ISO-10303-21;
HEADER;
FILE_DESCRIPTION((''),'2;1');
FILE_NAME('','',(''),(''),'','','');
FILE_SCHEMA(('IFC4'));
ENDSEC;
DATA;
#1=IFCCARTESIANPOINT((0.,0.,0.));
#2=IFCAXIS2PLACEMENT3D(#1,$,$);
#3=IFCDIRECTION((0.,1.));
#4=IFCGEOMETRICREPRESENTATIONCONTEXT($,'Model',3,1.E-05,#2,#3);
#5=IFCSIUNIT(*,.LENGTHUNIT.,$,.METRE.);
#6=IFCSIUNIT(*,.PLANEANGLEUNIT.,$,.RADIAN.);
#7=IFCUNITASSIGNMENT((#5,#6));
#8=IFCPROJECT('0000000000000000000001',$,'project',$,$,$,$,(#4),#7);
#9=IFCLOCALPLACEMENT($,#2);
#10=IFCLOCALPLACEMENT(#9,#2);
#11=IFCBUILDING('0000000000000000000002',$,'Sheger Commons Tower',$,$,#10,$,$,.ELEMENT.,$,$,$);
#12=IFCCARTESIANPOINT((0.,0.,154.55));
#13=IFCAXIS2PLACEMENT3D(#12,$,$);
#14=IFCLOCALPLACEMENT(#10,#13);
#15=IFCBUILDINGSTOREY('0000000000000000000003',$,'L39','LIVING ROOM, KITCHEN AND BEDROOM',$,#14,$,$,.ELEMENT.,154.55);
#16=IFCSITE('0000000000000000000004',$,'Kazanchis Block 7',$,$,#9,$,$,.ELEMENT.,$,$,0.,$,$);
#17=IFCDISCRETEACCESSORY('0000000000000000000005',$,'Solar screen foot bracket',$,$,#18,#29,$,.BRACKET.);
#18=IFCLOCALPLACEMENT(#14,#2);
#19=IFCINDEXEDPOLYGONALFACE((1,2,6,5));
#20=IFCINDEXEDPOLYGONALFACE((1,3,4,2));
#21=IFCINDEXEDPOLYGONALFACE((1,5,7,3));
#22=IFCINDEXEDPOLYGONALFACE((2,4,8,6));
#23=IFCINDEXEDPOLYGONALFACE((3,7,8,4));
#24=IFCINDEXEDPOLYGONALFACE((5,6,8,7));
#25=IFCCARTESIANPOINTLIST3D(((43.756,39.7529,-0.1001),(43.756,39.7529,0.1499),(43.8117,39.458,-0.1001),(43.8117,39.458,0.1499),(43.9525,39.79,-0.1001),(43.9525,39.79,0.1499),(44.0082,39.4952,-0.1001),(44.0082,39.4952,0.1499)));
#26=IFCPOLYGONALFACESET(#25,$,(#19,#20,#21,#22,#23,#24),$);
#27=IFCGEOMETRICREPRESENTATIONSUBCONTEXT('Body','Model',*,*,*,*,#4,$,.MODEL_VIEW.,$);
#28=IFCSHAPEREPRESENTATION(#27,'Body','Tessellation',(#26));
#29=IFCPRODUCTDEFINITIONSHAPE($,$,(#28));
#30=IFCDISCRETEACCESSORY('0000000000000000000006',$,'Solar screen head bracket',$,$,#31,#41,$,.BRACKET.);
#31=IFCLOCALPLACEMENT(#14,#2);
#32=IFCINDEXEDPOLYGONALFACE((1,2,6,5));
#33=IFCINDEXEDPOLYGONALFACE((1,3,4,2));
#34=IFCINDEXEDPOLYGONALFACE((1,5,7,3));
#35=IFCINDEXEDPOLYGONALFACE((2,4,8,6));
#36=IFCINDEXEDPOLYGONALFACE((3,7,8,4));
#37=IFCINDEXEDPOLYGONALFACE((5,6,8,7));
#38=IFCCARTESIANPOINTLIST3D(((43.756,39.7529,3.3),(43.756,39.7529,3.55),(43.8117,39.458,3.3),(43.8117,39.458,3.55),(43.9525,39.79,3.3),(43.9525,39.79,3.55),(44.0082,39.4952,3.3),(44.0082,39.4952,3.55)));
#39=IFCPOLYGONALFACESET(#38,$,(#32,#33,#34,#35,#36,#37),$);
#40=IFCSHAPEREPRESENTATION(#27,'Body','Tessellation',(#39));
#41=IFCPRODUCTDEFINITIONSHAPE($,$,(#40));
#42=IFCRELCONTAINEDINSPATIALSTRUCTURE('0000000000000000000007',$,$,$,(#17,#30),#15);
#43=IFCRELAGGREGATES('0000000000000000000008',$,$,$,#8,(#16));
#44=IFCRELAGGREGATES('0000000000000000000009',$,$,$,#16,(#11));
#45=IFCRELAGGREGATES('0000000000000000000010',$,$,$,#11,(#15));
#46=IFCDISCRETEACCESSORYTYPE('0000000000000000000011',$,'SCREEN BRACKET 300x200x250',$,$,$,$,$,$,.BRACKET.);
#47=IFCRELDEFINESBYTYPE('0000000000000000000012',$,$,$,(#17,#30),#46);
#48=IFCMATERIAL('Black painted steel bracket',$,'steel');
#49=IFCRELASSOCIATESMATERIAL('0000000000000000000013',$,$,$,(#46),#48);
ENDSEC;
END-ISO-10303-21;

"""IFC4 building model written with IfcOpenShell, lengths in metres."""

from ifc_helpers import new_model, si_unit, direction, frame, origin, origin_2d, place, context, subcontext, project, spatial, rectangle, extrude, material, type_object, element, save


model = new_model("IFC4")

# Units and contexts
model_context = context("Model", 3, precision=1e-05, world=origin(), true_north=direction((0.0, 1.0)))
body_context = subcontext(model_context, "Body", "Model", "MODEL_VIEW")
ifc_project = project(units=[si_unit("LENGTHUNIT", "METRE"), si_unit("PLANEANGLEUNIT", "RADIAN")], contexts=[model_context])

# Site, building, storey
site_placement = place(None, origin())
site = spatial("IfcSite", under=ifc_project, at=site_placement, Name="Kazanchis Block 7", CompositionType="ELEMENT", RefElevation=0.0)
building_placement = place(site_placement, origin())
building = spatial("IfcBuilding", under=site, at=building_placement, Name="Sheger Commons Tower", CompositionType="ELEMENT")
storey_placement = place(building_placement, frame((0.0, 0.0, 154.55)))
storey = spatial("IfcBuildingStorey", under=building, at=storey_placement, Name="L39", Description="LIVING ROOM, KITCHEN AND BEDROOM", CompositionType="ELEMENT", Elevation=154.55)

# Discrete accessories
ifc_material_1 = material(Name="Black painted steel bracket", Category="steel")
discrete_accessory_type = type_object("IfcDiscreteAccessoryType", Name="SCREEN BRACKET 300x200x250", PredefinedType="BRACKET", material=ifc_material_1)
for number, where, z_axis, x_axis, name in (
    (1, (43.8821, 39.624, -0.1001), (0.0, 0.0, 1.0), (-0.185615, 0.982623, 0.0), "Solar screen foot bracket"),
    (2, (43.8821, 39.624, 3.3), (0.0, 0.0, 1.0), (-0.185615, 0.982623, 0.0), "Solar screen head bracket"),
):
    element("IfcDiscreteAccessory", number, at=place(storey_placement, frame(where, z_axis=z_axis, x_axis=x_axis)), inside=storey, type_object=discrete_accessory_type, Name=name, PredefinedType="BRACKET", context=body_context, shape_type="SweptSolid", body=[
        extrude(rectangle(XDim=0.3, YDim=0.2, at=origin_2d()), origin(), (0.0, 0.0, 1.0), 0.25),
    ])

save(model, "model.ifc")
